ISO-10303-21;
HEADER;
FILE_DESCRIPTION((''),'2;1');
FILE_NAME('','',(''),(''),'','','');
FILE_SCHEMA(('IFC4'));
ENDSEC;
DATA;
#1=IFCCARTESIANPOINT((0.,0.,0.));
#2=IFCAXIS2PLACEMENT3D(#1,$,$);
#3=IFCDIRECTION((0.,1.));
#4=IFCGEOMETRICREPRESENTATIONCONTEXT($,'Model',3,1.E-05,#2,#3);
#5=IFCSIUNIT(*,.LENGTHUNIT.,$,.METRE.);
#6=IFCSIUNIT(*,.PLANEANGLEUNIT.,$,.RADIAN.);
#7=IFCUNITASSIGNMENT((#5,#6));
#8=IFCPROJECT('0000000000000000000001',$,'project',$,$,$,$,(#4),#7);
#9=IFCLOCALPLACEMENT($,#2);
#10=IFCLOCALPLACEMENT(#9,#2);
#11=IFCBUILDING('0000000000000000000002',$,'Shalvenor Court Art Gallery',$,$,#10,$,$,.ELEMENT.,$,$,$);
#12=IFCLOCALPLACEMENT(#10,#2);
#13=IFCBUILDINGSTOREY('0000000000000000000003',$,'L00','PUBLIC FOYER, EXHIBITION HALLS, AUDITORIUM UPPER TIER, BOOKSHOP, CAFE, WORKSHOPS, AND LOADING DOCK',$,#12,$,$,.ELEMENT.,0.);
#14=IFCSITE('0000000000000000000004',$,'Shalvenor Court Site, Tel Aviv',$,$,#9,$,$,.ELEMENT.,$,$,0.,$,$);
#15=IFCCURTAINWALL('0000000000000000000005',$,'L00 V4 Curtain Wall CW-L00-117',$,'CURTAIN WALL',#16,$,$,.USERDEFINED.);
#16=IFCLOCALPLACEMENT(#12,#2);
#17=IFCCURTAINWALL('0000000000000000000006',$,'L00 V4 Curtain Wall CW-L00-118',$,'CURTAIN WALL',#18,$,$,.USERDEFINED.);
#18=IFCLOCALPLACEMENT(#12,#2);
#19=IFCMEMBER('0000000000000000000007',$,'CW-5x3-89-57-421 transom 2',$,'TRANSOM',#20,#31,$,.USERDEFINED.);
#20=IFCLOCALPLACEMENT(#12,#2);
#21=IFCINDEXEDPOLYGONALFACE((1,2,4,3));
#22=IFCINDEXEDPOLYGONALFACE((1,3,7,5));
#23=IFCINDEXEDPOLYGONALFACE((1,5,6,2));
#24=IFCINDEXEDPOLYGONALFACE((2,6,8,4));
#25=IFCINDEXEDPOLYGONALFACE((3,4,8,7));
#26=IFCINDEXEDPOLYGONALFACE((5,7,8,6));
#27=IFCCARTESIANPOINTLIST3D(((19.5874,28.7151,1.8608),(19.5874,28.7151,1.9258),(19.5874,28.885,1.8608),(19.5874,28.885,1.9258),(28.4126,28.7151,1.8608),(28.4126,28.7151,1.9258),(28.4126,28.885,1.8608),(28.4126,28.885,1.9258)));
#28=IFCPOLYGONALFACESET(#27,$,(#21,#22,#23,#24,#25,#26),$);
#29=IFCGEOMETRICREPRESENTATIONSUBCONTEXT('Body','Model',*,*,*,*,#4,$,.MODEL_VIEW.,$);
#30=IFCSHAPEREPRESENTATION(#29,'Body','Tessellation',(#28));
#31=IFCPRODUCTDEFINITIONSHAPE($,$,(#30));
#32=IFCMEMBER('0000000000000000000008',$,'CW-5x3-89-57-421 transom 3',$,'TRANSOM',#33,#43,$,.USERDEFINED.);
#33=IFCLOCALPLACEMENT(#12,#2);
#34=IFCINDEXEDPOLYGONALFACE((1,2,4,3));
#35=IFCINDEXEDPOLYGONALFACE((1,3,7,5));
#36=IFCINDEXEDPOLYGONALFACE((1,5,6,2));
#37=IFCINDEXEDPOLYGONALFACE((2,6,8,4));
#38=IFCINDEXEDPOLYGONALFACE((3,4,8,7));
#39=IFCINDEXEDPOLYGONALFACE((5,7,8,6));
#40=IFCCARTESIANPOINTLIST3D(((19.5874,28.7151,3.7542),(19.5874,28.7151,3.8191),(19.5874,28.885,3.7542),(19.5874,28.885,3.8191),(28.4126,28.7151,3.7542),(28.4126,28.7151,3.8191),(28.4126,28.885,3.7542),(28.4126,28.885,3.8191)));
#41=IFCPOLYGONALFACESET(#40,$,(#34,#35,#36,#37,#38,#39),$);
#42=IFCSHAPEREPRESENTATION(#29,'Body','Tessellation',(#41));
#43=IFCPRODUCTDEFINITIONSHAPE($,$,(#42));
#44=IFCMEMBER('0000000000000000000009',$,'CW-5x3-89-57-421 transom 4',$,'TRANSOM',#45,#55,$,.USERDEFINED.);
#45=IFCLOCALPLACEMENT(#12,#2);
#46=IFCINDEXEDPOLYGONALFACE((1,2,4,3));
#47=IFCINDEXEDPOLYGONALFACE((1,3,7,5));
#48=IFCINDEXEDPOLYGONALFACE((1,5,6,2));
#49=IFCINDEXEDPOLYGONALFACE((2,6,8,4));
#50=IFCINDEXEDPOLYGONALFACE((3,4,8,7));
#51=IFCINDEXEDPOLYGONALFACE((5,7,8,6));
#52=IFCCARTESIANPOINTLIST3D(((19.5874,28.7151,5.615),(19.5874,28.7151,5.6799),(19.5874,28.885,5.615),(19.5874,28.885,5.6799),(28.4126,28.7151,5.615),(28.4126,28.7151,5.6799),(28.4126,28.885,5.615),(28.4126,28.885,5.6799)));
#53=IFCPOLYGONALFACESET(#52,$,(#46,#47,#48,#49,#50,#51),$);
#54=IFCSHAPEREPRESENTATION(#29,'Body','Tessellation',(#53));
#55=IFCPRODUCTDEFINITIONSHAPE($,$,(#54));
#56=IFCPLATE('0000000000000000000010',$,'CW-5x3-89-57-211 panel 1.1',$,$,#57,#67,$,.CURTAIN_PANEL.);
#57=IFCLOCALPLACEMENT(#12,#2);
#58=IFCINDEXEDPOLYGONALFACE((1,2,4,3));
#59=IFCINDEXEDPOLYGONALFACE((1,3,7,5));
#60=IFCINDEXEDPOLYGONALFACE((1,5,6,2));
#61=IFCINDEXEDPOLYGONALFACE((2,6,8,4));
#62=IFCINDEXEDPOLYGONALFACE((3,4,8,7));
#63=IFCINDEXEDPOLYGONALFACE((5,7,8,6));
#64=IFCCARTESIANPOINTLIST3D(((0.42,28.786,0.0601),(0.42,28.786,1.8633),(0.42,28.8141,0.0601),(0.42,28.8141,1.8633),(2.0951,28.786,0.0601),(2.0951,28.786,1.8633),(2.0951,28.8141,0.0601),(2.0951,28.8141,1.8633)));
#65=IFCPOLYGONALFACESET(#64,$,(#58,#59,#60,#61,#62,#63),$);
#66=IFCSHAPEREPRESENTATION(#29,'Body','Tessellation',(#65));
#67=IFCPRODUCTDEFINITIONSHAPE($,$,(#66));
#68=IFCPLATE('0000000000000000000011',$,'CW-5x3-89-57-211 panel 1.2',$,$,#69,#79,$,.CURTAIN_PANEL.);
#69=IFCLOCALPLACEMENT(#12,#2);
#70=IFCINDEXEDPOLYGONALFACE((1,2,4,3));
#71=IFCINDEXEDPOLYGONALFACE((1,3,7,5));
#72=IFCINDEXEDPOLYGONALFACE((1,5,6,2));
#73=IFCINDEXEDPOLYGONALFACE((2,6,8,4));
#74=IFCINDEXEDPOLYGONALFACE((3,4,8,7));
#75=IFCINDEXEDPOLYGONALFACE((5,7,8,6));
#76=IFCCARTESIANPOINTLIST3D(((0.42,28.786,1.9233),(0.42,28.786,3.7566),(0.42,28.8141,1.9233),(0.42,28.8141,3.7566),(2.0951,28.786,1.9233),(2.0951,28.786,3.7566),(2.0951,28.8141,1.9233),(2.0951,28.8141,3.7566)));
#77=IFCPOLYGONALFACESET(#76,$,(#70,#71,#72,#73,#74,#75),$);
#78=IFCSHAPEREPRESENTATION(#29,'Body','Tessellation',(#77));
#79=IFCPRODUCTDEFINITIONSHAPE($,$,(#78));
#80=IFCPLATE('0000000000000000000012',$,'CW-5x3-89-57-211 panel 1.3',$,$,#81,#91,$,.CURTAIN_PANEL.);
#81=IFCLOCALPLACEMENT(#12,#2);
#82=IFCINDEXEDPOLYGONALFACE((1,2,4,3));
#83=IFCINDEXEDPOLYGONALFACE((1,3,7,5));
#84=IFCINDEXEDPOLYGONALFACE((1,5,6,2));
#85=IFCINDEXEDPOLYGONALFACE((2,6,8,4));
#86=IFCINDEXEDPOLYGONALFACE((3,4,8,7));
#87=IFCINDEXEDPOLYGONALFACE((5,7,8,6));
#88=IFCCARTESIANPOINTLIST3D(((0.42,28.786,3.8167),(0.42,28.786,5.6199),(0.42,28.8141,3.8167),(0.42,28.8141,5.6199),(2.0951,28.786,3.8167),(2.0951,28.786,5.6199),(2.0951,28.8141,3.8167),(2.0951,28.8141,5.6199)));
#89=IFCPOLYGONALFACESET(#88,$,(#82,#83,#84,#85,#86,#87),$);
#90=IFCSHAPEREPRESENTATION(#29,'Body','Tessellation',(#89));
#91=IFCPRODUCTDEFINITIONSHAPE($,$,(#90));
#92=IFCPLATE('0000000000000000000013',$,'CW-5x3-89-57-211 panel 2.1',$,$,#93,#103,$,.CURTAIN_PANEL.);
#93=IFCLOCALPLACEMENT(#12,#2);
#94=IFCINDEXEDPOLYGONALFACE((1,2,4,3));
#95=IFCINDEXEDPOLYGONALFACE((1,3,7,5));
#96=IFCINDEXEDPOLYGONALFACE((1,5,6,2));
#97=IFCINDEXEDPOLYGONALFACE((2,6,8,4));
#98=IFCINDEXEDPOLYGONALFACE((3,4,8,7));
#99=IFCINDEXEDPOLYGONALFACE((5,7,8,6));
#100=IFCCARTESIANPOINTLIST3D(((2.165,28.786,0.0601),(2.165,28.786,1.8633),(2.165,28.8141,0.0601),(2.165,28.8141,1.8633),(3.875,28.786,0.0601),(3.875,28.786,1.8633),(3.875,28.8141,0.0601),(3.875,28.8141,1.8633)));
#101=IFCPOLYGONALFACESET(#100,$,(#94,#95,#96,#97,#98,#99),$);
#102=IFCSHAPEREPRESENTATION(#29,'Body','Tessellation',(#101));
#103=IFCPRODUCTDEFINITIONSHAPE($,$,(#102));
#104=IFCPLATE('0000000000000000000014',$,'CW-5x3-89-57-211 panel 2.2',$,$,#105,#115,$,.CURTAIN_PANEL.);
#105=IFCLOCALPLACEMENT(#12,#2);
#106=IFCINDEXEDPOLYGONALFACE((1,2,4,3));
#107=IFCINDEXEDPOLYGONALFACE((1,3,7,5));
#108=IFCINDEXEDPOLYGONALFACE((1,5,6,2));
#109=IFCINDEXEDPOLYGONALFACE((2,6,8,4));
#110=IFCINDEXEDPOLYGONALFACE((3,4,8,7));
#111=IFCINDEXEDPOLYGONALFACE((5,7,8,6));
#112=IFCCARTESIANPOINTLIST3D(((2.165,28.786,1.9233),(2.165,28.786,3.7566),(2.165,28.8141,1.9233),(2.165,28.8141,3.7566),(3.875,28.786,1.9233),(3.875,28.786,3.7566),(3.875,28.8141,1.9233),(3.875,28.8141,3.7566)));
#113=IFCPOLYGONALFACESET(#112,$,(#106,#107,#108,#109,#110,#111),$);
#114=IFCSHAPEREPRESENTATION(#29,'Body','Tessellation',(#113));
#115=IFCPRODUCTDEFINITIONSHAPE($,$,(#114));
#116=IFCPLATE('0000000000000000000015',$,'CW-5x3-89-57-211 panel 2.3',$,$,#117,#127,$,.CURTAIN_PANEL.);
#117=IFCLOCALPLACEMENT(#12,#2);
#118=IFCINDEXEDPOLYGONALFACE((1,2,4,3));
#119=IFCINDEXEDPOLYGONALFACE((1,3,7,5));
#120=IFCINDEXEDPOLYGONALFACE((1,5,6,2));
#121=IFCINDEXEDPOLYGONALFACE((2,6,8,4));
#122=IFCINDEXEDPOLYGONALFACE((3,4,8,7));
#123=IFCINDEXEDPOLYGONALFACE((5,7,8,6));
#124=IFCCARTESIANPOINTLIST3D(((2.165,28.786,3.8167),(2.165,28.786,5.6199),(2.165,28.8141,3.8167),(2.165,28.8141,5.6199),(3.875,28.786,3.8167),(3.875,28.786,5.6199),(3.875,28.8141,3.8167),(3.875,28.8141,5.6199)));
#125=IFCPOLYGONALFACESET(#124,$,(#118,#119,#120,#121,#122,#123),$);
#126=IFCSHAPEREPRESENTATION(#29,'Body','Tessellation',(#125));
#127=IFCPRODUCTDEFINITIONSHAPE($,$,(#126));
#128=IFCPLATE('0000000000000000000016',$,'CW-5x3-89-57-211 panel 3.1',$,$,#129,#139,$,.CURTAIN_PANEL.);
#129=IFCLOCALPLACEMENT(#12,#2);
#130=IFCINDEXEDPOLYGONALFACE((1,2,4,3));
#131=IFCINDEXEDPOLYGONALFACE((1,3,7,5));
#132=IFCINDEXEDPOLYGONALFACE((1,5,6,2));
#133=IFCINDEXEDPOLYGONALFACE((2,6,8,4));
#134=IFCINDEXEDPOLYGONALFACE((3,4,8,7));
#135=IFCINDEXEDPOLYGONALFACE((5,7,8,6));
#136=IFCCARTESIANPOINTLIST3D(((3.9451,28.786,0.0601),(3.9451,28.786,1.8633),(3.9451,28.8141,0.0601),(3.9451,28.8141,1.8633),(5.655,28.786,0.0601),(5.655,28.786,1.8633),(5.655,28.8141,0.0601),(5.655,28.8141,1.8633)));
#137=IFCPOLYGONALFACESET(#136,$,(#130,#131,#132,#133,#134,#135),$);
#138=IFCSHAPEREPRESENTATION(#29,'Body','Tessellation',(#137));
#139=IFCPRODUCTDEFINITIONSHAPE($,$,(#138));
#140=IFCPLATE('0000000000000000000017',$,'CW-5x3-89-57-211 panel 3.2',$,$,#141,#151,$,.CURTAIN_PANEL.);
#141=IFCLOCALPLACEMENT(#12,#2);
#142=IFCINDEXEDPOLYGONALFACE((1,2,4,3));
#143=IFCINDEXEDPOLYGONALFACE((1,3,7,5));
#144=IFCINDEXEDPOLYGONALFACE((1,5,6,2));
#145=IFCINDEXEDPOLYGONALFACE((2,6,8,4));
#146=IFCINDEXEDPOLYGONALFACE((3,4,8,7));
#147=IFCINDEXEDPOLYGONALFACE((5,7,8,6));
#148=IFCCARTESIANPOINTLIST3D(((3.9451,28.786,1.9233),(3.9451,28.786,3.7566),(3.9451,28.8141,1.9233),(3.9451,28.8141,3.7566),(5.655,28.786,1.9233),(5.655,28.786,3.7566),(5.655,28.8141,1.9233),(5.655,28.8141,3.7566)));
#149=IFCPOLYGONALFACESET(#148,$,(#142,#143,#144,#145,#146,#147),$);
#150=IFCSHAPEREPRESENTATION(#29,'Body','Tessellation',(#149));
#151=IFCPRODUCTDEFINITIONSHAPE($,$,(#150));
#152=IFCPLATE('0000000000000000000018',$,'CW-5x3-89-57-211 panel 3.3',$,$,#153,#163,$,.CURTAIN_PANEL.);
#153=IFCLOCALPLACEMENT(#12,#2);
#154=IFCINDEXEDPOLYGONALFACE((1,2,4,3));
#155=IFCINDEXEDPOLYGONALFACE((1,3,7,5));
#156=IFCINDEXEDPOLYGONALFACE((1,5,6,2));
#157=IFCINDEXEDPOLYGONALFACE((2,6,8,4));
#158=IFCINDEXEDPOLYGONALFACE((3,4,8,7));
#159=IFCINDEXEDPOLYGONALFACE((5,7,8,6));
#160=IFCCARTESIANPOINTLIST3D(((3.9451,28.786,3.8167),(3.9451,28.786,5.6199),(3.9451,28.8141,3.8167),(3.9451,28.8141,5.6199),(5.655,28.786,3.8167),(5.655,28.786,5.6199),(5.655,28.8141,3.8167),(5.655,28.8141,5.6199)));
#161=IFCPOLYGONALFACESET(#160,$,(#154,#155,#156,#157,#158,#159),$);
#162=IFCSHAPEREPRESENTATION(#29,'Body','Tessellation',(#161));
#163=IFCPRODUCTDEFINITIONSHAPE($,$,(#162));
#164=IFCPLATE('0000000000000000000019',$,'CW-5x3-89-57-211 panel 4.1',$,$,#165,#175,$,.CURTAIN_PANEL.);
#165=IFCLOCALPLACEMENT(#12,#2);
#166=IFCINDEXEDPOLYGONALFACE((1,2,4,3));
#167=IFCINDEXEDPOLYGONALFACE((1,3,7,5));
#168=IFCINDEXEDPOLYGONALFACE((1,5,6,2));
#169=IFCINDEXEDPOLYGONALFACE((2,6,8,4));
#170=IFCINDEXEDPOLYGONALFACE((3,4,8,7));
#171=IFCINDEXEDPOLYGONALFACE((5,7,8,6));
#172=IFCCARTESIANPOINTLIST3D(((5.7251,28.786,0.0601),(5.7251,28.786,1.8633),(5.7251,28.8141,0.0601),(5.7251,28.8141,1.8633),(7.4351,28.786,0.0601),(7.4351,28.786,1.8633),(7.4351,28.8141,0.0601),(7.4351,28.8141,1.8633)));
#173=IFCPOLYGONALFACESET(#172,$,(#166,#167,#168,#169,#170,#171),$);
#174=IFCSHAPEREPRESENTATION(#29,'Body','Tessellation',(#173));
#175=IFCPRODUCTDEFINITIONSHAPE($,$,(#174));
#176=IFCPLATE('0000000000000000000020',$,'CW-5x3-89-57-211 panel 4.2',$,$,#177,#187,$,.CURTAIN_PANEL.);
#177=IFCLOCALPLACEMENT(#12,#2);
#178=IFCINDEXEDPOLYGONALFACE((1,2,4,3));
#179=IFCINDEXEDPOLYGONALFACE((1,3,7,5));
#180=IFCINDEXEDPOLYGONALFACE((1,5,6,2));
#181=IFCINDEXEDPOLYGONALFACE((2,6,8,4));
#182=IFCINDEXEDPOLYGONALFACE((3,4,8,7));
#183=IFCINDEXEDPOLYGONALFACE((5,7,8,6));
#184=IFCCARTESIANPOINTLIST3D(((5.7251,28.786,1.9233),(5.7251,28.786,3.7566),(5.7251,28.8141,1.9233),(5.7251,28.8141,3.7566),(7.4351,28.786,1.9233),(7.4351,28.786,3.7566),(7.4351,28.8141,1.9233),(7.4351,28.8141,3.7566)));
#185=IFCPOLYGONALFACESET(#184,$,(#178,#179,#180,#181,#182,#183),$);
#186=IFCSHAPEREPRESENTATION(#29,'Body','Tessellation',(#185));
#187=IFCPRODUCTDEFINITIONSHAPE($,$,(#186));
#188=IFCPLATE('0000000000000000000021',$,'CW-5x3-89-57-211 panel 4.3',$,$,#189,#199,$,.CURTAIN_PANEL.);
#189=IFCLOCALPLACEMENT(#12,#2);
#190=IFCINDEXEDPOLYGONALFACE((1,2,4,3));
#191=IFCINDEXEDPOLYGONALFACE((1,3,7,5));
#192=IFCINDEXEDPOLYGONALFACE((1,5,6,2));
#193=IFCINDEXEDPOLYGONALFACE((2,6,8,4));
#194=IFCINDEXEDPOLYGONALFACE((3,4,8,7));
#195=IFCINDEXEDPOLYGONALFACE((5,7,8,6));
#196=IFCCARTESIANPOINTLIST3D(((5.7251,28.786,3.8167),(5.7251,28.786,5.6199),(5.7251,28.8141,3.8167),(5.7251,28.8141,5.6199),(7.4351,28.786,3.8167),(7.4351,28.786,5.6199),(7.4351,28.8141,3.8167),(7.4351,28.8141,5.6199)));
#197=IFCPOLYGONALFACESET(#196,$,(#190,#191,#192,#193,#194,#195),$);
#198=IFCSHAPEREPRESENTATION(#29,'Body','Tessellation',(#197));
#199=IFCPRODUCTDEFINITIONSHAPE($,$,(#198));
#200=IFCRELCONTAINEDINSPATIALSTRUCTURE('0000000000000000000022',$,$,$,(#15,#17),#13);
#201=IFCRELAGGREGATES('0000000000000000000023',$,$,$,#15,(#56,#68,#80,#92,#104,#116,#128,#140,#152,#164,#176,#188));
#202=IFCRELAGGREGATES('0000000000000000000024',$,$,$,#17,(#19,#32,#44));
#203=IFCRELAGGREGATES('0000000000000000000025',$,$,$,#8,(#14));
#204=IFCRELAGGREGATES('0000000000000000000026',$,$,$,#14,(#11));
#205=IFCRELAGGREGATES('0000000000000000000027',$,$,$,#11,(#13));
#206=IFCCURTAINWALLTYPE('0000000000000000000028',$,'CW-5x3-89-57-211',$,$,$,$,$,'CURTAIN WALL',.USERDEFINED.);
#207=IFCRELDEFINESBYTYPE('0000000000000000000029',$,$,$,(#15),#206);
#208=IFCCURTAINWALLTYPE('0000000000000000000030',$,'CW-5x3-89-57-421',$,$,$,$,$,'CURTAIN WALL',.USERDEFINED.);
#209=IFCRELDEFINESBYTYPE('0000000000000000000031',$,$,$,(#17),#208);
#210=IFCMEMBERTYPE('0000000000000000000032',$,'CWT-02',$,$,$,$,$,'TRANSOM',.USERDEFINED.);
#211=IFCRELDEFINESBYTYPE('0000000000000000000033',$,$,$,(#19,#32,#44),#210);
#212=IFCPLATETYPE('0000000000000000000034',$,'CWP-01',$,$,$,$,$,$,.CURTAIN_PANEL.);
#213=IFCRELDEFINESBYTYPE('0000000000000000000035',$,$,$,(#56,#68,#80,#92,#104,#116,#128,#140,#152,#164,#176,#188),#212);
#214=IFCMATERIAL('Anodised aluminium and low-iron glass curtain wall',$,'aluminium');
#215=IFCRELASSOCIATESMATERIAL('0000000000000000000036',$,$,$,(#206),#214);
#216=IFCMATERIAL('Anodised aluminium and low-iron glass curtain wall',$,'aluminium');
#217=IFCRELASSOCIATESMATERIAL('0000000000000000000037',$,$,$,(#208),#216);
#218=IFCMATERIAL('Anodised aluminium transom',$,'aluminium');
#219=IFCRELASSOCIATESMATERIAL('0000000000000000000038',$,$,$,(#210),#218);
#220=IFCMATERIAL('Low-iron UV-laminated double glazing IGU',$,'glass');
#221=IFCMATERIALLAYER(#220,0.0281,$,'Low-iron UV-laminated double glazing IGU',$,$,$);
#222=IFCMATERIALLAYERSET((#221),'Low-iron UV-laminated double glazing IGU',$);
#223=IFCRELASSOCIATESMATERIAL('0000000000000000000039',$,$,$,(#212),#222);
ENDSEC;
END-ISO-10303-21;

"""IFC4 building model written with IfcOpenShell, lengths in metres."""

from ifc_helpers import new_model, si_unit, direction, frame, origin, origin_2d, place, context, subcontext, project, spatial, rectangle, extrude, material, layer, layer_set, material_profile, profile_set, type_object, element, aggregate, save


model = new_model("IFC4")

# Units and contexts
model_context = context("Model", 3, precision=1e-05, world=origin(), true_north=direction((0.0, 1.0)))
body_context = subcontext(model_context, "Body", "Model", "MODEL_VIEW")
ifc_project = project(units=[si_unit("LENGTHUNIT", "METRE"), si_unit("PLANEANGLEUNIT", "RADIAN")], contexts=[model_context])

# Site, building, storey
site_placement = place(None, origin())
site = spatial("IfcSite", under=ifc_project, at=site_placement, Name="Shalvenor Court Site, Tel Aviv", CompositionType="ELEMENT", RefElevation=0.0)
building_placement = place(site_placement, origin())
building = spatial("IfcBuilding", under=site, at=building_placement, Name="Shalvenor Court Art Gallery", CompositionType="ELEMENT")
storey_placement = place(building_placement, origin())
storey = spatial("IfcBuildingStorey", under=building, at=storey_placement, Name="L00", Description="PUBLIC FOYER, EXHIBITION HALLS, AUDITORIUM UPPER TIER, BOOKSHOP, CAFE, WORKSHOPS, AND LOADING DOCK", CompositionType="ELEMENT", Elevation=0.0)

# Curtain wall
ifc_material_1 = material(Name="Anodised aluminium and low-iron glass curtain wall", Category="aluminium")
curtain_wall_type_1 = type_object("IfcCurtainWallType", Name="CW-5x3-89-57-211", ElementType="CURTAIN WALL", PredefinedType="USERDEFINED", material=ifc_material_1)
curtain_wall_1_placement = place(storey_placement, origin())
curtain_wall_1 = element("IfcCurtainWall", 1, at=curtain_wall_1_placement, inside=storey, type_object=curtain_wall_type_1, Name="L00 V4 Curtain Wall CW-L00-117", ObjectType="CURTAIN WALL", PredefinedType="USERDEFINED")

# Curtain wall
ifc_material_2 = material(Name="Anodised aluminium and low-iron glass curtain wall", Category="aluminium")
curtain_wall_type_2 = type_object("IfcCurtainWallType", Name="CW-5x3-89-57-421", ElementType="CURTAIN WALL", PredefinedType="USERDEFINED", material=ifc_material_2)
curtain_wall_2_placement = place(storey_placement, origin())
curtain_wall_2 = element("IfcCurtainWall", 2, at=curtain_wall_2_placement, inside=storey, type_object=curtain_wall_type_2, Name="L00 V4 Curtain Wall CW-L00-118", ObjectType="CURTAIN WALL", PredefinedType="USERDEFINED")

# Members
ifc_material_3 = material(Name="Anodised aluminium transom", Category="aluminium")
ifc_material_profile_1 = material_profile(ifc_material_3, rectangle(XDim=0.1699, YDim=0.0649, at=origin_2d()), Name="CWT-02")
ifc_profile_set_1 = profile_set([ifc_material_profile_1], Name="Anodised aluminium transom")
member_type_1 = type_object("IfcMemberType", Name="CWT-02", ElementType="TRANSOM", PredefinedType="USERDEFINED", material=ifc_profile_set_1)
member_1_placement = place(storey_placement, frame((19.5874, 28.8, 1.8933), z_axis=(1.0, 0.0, 0.0), x_axis=(0.0, 1.0, 0.0)))
member_1 = element("IfcMember", 3, at=member_1_placement, type_object=member_type_1, Name="CW-5x3-89-57-421 transom 2", ObjectType="TRANSOM", PredefinedType="USERDEFINED", context=body_context, shape_type="SweptSolid", body=[
    extrude(rectangle(XDim=0.1699, YDim=0.0649, at=origin_2d()), origin(), (0.0, 0.0, 1.0), 8.8252),
])
member_2_placement = place(storey_placement, frame((19.5874, 28.8, 3.7866), z_axis=(1.0, 0.0, 0.0), x_axis=(0.0, 1.0, 0.0)))
member_2 = element("IfcMember", 4, at=member_2_placement, type_object=member_type_1, Name="CW-5x3-89-57-421 transom 3", ObjectType="TRANSOM", PredefinedType="USERDEFINED", context=body_context, shape_type="SweptSolid", body=[
    extrude(rectangle(XDim=0.1699, YDim=0.0649, at=origin_2d()), origin(), (0.0, 0.0, 1.0), 8.8252),
])
member_3_placement = place(storey_placement, frame((19.5874, 28.8, 5.6475), z_axis=(1.0, 0.0, 0.0), x_axis=(0.0, 1.0, 0.0)))
member_3 = element("IfcMember", 5, at=member_3_placement, type_object=member_type_1, Name="CW-5x3-89-57-421 transom 4", ObjectType="TRANSOM", PredefinedType="USERDEFINED", context=body_context, shape_type="SweptSolid", body=[
    extrude(rectangle(XDim=0.1699, YDim=0.0649, at=origin_2d()), origin(), (0.0, 0.0, 1.0), 8.8252),
])

# Plates
ifc_material_4 = material(Name="Low-iron UV-laminated double glazing IGU", Category="glass")
ifc_layer_1 = layer(ifc_material_4, 0.0281, Name="Low-iron UV-laminated double glazing IGU")
ifc_layer_set_1 = layer_set([ifc_layer_1], Name="Low-iron UV-laminated double glazing IGU")
plate_type = type_object("IfcPlateType", Name="CWP-01", PredefinedType="CURTAIN_PANEL", material=ifc_layer_set_1)
plate_1_placement = place(storey_placement, frame((1.2576, 28.8, 0.0601), z_axis=(0.0, 0.0, 1.0), x_axis=(1.0, 0.0, 0.0)))
plate_1 = element("IfcPlate", 6, at=plate_1_placement, type_object=plate_type, Name="CW-5x3-89-57-211 panel 1.1", PredefinedType="CURTAIN_PANEL", context=body_context, shape_type="SweptSolid", body=[
    extrude(rectangle(XDim=1.675, YDim=0.0281, at=origin_2d()), origin(), (0.0, 0.0, 1.0), 1.8032),
])
plate_2_placement = place(storey_placement, frame((1.2576, 28.8, 1.9233), z_axis=(0.0, 0.0, 1.0), x_axis=(1.0, 0.0, 0.0)))
plate_2 = element("IfcPlate", 7, at=plate_2_placement, type_object=plate_type, Name="CW-5x3-89-57-211 panel 1.2", PredefinedType="CURTAIN_PANEL", context=body_context, shape_type="SweptSolid", body=[
    extrude(rectangle(XDim=1.675, YDim=0.0281, at=origin_2d()), origin(), (0.0, 0.0, 1.0), 1.8333),
])
plate_3_placement = place(storey_placement, frame((1.2576, 28.8, 3.8167), z_axis=(0.0, 0.0, 1.0), x_axis=(1.0, 0.0, 0.0)))
plate_3 = element("IfcPlate", 8, at=plate_3_placement, type_object=plate_type, Name="CW-5x3-89-57-211 panel 1.3", PredefinedType="CURTAIN_PANEL", context=body_context, shape_type="SweptSolid", body=[
    extrude(rectangle(XDim=1.675, YDim=0.0281, at=origin_2d()), origin(), (0.0, 0.0, 1.0), 1.8032),
])
plate_4_placement = place(storey_placement, frame((3.02, 28.8, 0.0601), z_axis=(0.0, 0.0, 1.0), x_axis=(1.0, 0.0, 0.0)))
plate_4 = element("IfcPlate", 9, at=plate_4_placement, type_object=plate_type, Name="CW-5x3-89-57-211 panel 2.1", PredefinedType="CURTAIN_PANEL", context=body_context, shape_type="SweptSolid", body=[
    extrude(rectangle(XDim=1.71, YDim=0.0281, at=origin_2d()), origin(), (0.0, 0.0, 1.0), 1.8032),
])
plate_5_placement = place(storey_placement, frame((3.02, 28.8, 1.9233), z_axis=(0.0, 0.0, 1.0), x_axis=(1.0, 0.0, 0.0)))
plate_5 = element("IfcPlate", 10, at=plate_5_placement, type_object=plate_type, Name="CW-5x3-89-57-211 panel 2.2", PredefinedType="CURTAIN_PANEL", context=body_context, shape_type="SweptSolid", body=[
    extrude(rectangle(XDim=1.71, YDim=0.0281, at=origin_2d()), origin(), (0.0, 0.0, 1.0), 1.8333),
])
plate_6_placement = place(storey_placement, frame((3.02, 28.8, 3.8167), z_axis=(0.0, 0.0, 1.0), x_axis=(1.0, 0.0, 0.0)))
plate_6 = element("IfcPlate", 11, at=plate_6_placement, type_object=plate_type, Name="CW-5x3-89-57-211 panel 2.3", PredefinedType="CURTAIN_PANEL", context=body_context, shape_type="SweptSolid", body=[
    extrude(rectangle(XDim=1.71, YDim=0.0281, at=origin_2d()), origin(), (0.0, 0.0, 1.0), 1.8032),
])
plate_7_placement = place(storey_placement, frame((4.8, 28.8, 0.0601), z_axis=(0.0, 0.0, 1.0), x_axis=(1.0, 0.0, 0.0)))
plate_7 = element("IfcPlate", 12, at=plate_7_placement, type_object=plate_type, Name="CW-5x3-89-57-211 panel 3.1", PredefinedType="CURTAIN_PANEL", context=body_context, shape_type="SweptSolid", body=[
    extrude(rectangle(XDim=1.71, YDim=0.0281, at=origin_2d()), origin(), (0.0, 0.0, 1.0), 1.8032),
])
plate_8_placement = place(storey_placement, frame((4.8, 28.8, 1.9233), z_axis=(0.0, 0.0, 1.0), x_axis=(1.0, 0.0, 0.0)))
plate_8 = element("IfcPlate", 13, at=plate_8_placement, type_object=plate_type, Name="CW-5x3-89-57-211 panel 3.2", PredefinedType="CURTAIN_PANEL", context=body_context, shape_type="SweptSolid", body=[
    extrude(rectangle(XDim=1.71, YDim=0.0281, at=origin_2d()), origin(), (0.0, 0.0, 1.0), 1.8333),
])
plate_9_placement = place(storey_placement, frame((4.8, 28.8, 3.8167), z_axis=(0.0, 0.0, 1.0), x_axis=(1.0, 0.0, 0.0)))
plate_9 = element("IfcPlate", 14, at=plate_9_placement, type_object=plate_type, Name="CW-5x3-89-57-211 panel 3.3", PredefinedType="CURTAIN_PANEL", context=body_context, shape_type="SweptSolid", body=[
    extrude(rectangle(XDim=1.71, YDim=0.0281, at=origin_2d()), origin(), (0.0, 0.0, 1.0), 1.8032),
])
plate_10_placement = place(storey_placement, frame((6.5801, 28.8, 0.0601), z_axis=(0.0, 0.0, 1.0), x_axis=(1.0, 0.0, 0.0)))
plate_10 = element("IfcPlate", 15, at=plate_10_placement, type_object=plate_type, Name="CW-5x3-89-57-211 panel 4.1", PredefinedType="CURTAIN_PANEL", context=body_context, shape_type="SweptSolid", body=[
    extrude(rectangle(XDim=1.71, YDim=0.0281, at=origin_2d()), origin(), (0.0, 0.0, 1.0), 1.8032),
])
plate_11_placement = place(storey_placement, frame((6.5801, 28.8, 1.9233), z_axis=(0.0, 0.0, 1.0), x_axis=(1.0, 0.0, 0.0)))
plate_11 = element("IfcPlate", 16, at=plate_11_placement, type_object=plate_type, Name="CW-5x3-89-57-211 panel 4.2", PredefinedType="CURTAIN_PANEL", context=body_context, shape_type="SweptSolid", body=[
    extrude(rectangle(XDim=1.71, YDim=0.0281, at=origin_2d()), origin(), (0.0, 0.0, 1.0), 1.8333),
])
plate_12_placement = place(storey_placement, frame((6.5801, 28.8, 3.8167), z_axis=(0.0, 0.0, 1.0), x_axis=(1.0, 0.0, 0.0)))
plate_12 = element("IfcPlate", 17, at=plate_12_placement, type_object=plate_type, Name="CW-5x3-89-57-211 panel 4.3", PredefinedType="CURTAIN_PANEL", context=body_context, shape_type="SweptSolid", body=[
    extrude(rectangle(XDim=1.71, YDim=0.0281, at=origin_2d()), origin(), (0.0, 0.0, 1.0), 1.8032),
])
aggregate(curtain_wall_1, [plate_1, plate_2, plate_3, plate_4, plate_5, plate_6, plate_7, plate_8, plate_9, plate_10, plate_11, plate_12])
aggregate(curtain_wall_2, [member_1, member_2, member_3])

save(model, "model.ifc")
